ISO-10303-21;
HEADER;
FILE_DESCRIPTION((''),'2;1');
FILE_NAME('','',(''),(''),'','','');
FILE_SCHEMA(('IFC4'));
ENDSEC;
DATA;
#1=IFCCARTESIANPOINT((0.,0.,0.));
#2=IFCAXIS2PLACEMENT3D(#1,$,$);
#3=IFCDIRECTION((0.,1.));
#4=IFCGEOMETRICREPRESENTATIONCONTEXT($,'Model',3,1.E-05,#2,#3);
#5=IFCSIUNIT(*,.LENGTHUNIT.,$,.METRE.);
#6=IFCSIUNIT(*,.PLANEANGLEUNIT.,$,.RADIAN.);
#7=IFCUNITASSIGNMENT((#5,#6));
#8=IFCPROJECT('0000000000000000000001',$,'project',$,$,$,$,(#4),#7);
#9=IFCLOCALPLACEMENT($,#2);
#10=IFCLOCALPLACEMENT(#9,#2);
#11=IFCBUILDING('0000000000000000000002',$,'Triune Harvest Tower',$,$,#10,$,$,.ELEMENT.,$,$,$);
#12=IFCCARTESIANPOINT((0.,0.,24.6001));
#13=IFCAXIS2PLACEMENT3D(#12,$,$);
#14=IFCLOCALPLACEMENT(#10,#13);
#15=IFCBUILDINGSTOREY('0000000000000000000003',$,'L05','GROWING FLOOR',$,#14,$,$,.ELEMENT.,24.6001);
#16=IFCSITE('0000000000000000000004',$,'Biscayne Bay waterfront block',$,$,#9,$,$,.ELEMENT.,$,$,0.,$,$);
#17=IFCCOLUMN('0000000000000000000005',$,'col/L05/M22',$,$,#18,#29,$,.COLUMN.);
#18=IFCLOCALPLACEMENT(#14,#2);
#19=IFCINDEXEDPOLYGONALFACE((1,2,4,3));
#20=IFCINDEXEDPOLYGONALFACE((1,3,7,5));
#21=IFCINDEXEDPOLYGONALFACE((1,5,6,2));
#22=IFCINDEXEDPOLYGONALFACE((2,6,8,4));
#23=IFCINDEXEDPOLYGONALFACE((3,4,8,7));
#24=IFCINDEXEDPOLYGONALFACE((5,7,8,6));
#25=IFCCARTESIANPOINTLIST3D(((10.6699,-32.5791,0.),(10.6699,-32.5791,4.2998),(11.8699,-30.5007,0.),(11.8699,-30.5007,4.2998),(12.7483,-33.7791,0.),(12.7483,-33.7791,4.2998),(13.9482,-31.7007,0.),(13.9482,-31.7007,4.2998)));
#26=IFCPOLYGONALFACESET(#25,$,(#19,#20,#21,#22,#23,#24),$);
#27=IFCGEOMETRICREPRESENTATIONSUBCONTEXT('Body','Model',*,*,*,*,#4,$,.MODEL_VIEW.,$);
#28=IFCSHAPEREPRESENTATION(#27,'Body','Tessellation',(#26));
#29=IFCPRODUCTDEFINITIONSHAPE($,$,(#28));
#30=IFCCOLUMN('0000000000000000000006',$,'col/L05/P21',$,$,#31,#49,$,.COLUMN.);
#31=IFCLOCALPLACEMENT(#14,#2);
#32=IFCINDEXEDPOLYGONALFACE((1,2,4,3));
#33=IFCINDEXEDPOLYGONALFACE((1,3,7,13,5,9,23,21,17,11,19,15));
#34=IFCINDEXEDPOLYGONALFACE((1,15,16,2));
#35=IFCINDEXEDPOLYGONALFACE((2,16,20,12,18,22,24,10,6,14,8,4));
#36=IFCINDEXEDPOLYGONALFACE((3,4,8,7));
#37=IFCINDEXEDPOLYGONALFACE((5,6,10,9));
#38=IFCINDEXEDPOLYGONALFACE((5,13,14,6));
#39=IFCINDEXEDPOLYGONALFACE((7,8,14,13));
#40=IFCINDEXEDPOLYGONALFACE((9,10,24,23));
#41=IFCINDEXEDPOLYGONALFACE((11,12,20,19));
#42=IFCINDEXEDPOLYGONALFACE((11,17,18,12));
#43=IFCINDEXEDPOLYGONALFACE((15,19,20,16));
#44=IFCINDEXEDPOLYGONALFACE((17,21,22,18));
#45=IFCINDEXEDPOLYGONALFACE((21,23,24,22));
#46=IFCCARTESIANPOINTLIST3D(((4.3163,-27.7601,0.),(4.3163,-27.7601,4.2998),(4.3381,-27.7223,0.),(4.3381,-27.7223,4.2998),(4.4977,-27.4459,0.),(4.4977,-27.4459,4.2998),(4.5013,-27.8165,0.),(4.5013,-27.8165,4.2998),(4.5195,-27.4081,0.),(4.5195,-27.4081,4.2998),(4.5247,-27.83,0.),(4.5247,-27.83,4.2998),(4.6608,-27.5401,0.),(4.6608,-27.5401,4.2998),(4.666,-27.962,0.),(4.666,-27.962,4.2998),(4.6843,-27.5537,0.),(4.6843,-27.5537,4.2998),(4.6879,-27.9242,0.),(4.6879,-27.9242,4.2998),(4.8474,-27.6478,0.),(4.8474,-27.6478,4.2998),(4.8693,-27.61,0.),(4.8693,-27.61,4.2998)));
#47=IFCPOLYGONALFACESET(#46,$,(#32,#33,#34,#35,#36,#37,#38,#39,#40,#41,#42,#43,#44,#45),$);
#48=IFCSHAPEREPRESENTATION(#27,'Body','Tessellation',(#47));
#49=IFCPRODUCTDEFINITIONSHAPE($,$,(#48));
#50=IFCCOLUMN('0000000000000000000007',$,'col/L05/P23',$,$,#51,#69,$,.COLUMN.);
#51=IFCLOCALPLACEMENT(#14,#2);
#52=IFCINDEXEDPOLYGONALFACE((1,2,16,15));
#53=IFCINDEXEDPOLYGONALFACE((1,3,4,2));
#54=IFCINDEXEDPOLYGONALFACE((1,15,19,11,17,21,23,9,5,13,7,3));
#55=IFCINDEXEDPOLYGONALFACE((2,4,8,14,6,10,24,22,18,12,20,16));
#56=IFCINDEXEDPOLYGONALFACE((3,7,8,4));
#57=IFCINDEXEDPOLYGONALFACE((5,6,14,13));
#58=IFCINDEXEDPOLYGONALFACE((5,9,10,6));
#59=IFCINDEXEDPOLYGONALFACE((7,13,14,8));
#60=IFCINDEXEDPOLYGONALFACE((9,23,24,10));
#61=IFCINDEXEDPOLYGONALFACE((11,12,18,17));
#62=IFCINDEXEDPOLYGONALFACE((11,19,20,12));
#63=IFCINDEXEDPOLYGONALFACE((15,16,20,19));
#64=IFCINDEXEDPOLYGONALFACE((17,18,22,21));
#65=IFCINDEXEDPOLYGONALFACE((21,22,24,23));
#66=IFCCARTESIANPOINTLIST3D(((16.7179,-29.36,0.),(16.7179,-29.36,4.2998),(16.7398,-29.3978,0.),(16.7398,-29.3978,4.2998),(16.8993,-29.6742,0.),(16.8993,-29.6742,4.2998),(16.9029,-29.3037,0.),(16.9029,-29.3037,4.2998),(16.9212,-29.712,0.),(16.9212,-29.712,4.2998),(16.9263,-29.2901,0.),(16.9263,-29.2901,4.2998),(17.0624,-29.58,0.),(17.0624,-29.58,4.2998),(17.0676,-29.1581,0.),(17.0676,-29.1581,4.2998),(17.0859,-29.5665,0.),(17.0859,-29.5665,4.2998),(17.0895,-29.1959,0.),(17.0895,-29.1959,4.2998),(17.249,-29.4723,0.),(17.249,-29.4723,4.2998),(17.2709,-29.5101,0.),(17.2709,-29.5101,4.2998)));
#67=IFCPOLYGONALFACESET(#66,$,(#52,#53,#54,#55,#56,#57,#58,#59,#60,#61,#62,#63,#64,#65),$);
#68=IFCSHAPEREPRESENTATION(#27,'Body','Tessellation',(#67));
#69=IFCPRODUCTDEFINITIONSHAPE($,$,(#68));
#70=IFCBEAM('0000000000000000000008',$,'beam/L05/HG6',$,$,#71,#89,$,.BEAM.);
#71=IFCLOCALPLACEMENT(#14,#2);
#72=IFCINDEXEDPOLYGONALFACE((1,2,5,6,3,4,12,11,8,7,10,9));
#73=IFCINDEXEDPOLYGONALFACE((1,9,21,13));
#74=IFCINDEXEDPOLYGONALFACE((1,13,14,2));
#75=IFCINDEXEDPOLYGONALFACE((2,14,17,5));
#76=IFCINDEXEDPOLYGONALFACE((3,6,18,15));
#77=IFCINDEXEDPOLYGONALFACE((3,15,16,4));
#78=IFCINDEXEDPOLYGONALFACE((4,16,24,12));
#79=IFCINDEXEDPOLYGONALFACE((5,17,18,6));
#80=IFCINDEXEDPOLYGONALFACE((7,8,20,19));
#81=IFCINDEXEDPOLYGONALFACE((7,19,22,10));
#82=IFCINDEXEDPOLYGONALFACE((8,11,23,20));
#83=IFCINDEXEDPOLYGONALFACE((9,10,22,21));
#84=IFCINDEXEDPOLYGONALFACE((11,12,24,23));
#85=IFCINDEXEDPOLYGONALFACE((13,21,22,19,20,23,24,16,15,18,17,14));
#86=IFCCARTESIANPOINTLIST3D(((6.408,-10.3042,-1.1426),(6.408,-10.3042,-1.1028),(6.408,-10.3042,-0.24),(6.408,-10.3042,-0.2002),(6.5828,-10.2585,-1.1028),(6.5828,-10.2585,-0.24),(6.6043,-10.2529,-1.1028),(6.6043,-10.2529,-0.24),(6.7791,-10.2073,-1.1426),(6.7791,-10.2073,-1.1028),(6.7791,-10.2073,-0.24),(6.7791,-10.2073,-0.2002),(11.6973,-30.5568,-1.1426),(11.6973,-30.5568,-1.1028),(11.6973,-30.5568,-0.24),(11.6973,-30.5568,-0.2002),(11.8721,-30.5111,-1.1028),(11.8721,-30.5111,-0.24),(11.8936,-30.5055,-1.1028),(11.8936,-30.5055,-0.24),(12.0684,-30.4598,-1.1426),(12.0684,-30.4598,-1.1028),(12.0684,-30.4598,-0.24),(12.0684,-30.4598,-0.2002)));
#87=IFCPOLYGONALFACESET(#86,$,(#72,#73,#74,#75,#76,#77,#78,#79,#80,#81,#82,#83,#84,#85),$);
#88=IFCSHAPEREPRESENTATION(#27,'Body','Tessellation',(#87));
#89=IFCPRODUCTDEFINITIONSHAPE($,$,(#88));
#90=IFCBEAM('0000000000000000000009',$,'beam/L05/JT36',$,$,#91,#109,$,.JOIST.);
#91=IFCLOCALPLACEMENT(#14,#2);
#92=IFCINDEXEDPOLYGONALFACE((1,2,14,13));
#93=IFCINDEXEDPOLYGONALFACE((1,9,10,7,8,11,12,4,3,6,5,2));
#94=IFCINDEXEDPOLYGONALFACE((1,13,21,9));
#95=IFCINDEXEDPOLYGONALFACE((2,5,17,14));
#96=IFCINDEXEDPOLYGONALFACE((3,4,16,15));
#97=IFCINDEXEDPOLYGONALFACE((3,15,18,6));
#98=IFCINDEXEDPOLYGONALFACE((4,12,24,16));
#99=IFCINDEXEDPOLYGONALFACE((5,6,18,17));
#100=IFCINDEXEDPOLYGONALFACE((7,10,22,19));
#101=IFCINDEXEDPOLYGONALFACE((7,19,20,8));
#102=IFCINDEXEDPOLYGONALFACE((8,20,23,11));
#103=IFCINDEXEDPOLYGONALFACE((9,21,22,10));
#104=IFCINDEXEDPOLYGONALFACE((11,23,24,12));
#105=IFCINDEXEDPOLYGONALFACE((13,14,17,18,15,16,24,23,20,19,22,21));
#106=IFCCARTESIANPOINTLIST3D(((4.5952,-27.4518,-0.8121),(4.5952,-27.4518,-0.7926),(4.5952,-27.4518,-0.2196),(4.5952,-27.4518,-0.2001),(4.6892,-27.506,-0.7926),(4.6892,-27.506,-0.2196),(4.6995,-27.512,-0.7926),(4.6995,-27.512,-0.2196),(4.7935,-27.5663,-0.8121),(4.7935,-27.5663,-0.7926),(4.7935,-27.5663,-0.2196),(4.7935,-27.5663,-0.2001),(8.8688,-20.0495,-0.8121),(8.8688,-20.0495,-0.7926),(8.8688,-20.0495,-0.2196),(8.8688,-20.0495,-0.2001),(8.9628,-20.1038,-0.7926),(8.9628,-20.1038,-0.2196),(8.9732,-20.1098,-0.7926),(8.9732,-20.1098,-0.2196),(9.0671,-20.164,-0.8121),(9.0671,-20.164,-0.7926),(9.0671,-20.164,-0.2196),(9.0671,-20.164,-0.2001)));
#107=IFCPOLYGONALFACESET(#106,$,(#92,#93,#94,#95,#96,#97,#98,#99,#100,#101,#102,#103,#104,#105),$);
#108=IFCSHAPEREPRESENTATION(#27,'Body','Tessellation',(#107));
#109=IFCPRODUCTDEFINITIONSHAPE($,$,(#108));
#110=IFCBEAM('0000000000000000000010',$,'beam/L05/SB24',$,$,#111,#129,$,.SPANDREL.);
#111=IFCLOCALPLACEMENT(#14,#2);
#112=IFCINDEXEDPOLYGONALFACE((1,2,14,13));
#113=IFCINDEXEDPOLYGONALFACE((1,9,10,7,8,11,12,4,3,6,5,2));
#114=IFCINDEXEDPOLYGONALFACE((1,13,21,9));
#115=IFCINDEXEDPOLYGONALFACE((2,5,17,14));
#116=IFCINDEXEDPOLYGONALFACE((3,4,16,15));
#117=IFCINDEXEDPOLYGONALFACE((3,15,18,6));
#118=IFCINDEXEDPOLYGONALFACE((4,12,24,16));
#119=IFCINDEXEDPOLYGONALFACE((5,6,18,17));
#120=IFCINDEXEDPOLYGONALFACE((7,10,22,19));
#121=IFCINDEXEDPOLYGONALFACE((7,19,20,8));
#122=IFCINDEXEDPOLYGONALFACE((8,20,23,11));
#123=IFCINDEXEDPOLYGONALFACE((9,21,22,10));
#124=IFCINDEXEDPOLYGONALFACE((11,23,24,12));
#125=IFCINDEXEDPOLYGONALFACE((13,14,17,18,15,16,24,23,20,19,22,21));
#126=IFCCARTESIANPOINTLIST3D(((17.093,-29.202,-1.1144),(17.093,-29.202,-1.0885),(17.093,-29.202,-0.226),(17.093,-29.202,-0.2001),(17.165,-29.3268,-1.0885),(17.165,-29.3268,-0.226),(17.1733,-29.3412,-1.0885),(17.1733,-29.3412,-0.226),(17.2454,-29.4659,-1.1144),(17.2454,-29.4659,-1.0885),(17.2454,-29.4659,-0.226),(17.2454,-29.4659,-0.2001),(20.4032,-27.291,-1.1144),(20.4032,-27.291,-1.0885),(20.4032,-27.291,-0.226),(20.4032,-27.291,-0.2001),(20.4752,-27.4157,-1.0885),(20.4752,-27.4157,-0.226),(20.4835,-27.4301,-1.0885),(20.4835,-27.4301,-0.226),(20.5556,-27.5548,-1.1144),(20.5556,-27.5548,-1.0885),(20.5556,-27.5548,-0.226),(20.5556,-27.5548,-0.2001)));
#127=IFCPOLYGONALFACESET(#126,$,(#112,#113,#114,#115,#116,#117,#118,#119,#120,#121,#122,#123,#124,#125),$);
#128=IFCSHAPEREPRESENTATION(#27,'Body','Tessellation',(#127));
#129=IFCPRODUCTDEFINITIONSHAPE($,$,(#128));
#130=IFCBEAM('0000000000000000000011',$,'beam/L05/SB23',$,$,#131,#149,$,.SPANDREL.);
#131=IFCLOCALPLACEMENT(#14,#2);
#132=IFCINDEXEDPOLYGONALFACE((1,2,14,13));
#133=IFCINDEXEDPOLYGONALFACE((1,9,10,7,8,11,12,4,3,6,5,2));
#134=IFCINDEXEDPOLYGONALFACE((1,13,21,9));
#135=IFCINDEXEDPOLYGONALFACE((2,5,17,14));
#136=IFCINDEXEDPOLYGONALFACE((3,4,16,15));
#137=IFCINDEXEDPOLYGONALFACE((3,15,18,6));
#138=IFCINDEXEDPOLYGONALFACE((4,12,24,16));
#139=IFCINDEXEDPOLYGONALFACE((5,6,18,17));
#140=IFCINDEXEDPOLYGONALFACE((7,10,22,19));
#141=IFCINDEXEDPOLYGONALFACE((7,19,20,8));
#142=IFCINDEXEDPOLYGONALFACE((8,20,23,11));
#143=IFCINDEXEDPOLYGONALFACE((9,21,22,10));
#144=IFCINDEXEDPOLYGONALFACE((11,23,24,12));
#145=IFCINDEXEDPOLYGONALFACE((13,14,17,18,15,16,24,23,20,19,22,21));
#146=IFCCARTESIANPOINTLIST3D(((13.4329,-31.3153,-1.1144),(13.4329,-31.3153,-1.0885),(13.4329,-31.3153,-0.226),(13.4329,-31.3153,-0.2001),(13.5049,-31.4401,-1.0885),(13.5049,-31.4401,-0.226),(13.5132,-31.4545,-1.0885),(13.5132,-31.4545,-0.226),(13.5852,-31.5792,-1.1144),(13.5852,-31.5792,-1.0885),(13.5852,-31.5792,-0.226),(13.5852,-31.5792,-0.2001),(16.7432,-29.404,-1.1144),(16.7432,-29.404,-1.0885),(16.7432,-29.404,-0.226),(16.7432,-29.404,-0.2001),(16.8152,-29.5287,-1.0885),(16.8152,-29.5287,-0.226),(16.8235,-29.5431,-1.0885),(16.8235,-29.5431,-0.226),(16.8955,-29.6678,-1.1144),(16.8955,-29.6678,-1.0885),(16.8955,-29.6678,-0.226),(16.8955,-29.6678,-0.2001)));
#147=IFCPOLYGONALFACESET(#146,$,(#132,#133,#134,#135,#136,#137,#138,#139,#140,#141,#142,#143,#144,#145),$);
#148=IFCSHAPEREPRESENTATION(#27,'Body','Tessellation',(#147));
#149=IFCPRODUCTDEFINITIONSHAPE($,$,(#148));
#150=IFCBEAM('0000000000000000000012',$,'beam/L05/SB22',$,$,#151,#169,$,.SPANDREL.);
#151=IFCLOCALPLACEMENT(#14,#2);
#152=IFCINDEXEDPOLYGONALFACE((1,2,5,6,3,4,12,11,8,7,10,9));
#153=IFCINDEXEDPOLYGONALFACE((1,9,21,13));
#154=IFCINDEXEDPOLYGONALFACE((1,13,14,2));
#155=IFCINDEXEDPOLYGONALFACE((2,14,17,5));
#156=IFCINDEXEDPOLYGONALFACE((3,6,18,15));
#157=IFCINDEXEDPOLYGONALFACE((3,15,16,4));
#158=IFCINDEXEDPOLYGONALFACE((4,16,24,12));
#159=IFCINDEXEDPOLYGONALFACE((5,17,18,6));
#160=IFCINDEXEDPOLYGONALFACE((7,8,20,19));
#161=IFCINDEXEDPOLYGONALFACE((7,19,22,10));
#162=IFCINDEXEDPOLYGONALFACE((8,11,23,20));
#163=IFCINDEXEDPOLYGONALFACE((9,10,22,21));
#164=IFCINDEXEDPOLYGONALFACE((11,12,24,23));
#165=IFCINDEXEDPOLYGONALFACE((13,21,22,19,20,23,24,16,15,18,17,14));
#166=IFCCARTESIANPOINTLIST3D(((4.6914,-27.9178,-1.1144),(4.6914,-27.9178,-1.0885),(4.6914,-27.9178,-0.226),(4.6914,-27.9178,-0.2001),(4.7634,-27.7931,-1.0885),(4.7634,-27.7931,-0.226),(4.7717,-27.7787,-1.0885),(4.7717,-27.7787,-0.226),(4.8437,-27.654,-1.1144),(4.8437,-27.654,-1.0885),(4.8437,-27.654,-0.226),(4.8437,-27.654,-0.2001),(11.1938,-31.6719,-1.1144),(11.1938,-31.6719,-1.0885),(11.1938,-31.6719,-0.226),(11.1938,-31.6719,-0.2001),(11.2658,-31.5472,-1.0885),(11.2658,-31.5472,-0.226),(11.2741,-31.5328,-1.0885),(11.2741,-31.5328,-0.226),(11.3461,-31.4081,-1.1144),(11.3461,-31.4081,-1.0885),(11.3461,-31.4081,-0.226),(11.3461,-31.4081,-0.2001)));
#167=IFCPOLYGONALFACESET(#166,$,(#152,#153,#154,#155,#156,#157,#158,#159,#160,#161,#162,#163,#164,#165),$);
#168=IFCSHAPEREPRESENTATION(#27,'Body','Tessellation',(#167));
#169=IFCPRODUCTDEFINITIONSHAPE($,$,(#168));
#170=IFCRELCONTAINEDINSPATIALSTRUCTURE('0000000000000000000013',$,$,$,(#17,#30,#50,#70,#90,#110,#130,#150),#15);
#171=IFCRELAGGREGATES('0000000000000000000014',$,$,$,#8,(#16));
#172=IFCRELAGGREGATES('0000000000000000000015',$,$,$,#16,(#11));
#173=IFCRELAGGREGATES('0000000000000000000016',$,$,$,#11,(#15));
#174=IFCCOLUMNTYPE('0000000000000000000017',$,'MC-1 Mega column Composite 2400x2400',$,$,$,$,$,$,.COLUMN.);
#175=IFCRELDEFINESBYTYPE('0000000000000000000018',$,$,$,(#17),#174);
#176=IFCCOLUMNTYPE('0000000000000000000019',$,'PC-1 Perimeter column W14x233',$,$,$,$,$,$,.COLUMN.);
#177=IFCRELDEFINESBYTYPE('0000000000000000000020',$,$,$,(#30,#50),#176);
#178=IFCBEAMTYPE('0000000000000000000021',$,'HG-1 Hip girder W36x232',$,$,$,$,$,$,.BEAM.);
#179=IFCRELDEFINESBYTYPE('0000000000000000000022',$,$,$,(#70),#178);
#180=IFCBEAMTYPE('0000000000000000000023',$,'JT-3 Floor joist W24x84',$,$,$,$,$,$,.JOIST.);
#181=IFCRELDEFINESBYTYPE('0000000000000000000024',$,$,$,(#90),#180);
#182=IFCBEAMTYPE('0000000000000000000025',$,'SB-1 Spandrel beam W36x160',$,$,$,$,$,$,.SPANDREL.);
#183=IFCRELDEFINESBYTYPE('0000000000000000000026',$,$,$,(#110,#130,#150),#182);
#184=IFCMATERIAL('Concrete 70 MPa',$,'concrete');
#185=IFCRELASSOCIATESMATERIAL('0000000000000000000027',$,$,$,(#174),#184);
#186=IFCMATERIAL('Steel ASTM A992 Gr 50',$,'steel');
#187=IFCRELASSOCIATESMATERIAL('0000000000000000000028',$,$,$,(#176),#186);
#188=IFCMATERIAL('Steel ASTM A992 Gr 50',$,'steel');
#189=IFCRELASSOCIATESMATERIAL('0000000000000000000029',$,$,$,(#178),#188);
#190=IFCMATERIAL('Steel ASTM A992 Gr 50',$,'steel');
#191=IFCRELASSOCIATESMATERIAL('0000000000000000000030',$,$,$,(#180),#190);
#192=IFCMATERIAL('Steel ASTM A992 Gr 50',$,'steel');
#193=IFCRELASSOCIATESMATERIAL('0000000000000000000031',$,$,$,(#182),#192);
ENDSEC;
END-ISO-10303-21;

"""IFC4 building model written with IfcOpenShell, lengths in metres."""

from ifc_helpers import new_model, si_unit, direction, frame, origin, origin_2d, place, context, subcontext, project, spatial, rectangle, i_section, extrude, source, transform, mapped, material, material_profile, profile_set, type_object, element, save


model = new_model("IFC4")

# Units and contexts
model_context = context("Model", 3, precision=1e-05, world=origin(), true_north=direction((0.0, 1.0)))
body_context = subcontext(model_context, "Body", "Model", "MODEL_VIEW")
ifc_project = project(units=[si_unit("LENGTHUNIT", "METRE"), si_unit("PLANEANGLEUNIT", "RADIAN")], contexts=[model_context])

# Site, building, storey
site_placement = place(None, origin())
site = spatial("IfcSite", under=ifc_project, at=site_placement, Name="Biscayne Bay waterfront block", CompositionType="ELEMENT", RefElevation=0.0)
building_placement = place(site_placement, origin())
building = spatial("IfcBuilding", under=site, at=building_placement, Name="Triune Harvest Tower", CompositionType="ELEMENT")
storey_placement = place(building_placement, frame((0.0, 0.0, 24.6001)))
storey = spatial("IfcBuildingStorey", under=building, at=storey_placement, Name="L05", Description="GROWING FLOOR", CompositionType="ELEMENT", Elevation=24.6001)

# Columns
ifc_material_1 = material(Name="Concrete 70 MPa", Category="concrete")
ifc_material_profile_1 = material_profile(ifc_material_1, rectangle(XDim=2.3999, YDim=2.3999, at=origin_2d()), Name="Composite 2400x2400")
ifc_profile_set_1 = profile_set([ifc_material_profile_1], Name="Concrete 70 MPa")
column_type_1 = type_object("IfcColumnType", Name="MC-1 Mega column Composite 2400x2400", PredefinedType="COLUMN", material=ifc_profile_set_1)
shared_shape_1 = source(origin(), body_context, "Body", "SweptSolid", [
    extrude(rectangle(XDim=2.3999, YDim=2.3999, at=origin_2d()), origin(), (0.0, 0.0, 1.0), 4.2998),
])
column_placement = place(storey_placement, frame((12.3091, -32.1399, 0.0), z_axis=(0.0, 0.0, 1.0), x_axis=(0.866025, -0.5, 0.0)))
element("IfcColumn", 1, at=column_placement, inside=storey, type_object=column_type_1, Name="col/L05/M22", PredefinedType="COLUMN", context=body_context, shape_type="MappedRepresentation", body=[
    mapped(shared_shape_1, transform((0.0, 0.0, 0.0), scale=1.0)),
])
ifc_material_2 = material(Name="Steel ASTM A992 Gr 50", Category="steel")
ifc_material_profile_2 = material_profile(ifc_material_2, i_section(OverallWidth=0.4038, OverallDepth=0.4065, WebThickness=0.0271, FlangeThickness=0.0437, at=origin_2d()), Name="W14x233")
ifc_profile_set_2 = profile_set([ifc_material_profile_2], Name="Steel ASTM A992 Gr 50")
column_type_2 = type_object("IfcColumnType", Name="PC-1 Perimeter column W14x233", PredefinedType="COLUMN", material=ifc_profile_set_2)
shared_shape_2 = source(origin(), body_context, "Body", "SweptSolid", [
    extrude(i_section(OverallWidth=0.4038, OverallDepth=0.4065, WebThickness=0.0271, FlangeThickness=0.0437, at=origin_2d()), origin(), (0.0, 0.0, 1.0), 4.2998),
])
for number, where, z_axis, x_axis, name in (
    (2, (4.5928, -27.6851, 0.0), (0.0, 0.0, 1.0), (0.866025, -0.5, 0.0), "col/L05/P21"),
    (3, (16.9944, -29.4351, 0.0), (0.0, 0.0, 1.0), (0.866026, 0.499998, 0.0), "col/L05/P23"),
):
    element("IfcColumn", number, at=place(storey_placement, frame(where, z_axis=z_axis, x_axis=x_axis)), inside=storey, type_object=column_type_2, Name=name, PredefinedType="COLUMN", context=body_context, shape_type="MappedRepresentation", body=[
        mapped(shared_shape_2, transform((0.0, 0.0, 0.0), scale=1.0)),
    ])

# Beams
ifc_material_3 = material(Name="Steel ASTM A992 Gr 50", Category="steel")
ifc_material_profile_3 = material_profile(ifc_material_3, i_section(OverallWidth=0.3835, OverallDepth=0.9424, WebThickness=0.0222, FlangeThickness=0.0398, at=origin_2d()), Name="W36x232")
ifc_profile_set_3 = profile_set([ifc_material_profile_3], Name="Steel ASTM A992 Gr 50")
beam_type_1 = type_object("IfcBeamType", Name="HG-1 Hip girder W36x232", PredefinedType="BEAM", material=ifc_profile_set_3)
shared_shape_3 = source(origin(), body_context, "Body", "SweptSolid", [
    extrude(i_section(OverallWidth=0.3835, OverallDepth=0.9424, WebThickness=0.0222, FlangeThickness=0.0398, at=origin_2d()), origin(), (0.0, 0.0, 1.0), 20.9319),
])
beam_1_placement = place(storey_placement, frame((11.8828, -30.5083, -0.6714), z_axis=(-0.25269, 0.967547, 0.0), x_axis=(-0.967547, -0.25269, 0.0)))
element("IfcBeam", 4, at=beam_1_placement, inside=storey, type_object=beam_type_1, Name="beam/L05/HG6", PredefinedType="BEAM", context=body_context, shape_type="MappedRepresentation", body=[
    mapped(shared_shape_3, transform((0.0, 0.0, 0.0), scale=1.0)),
])
ifc_material_4 = material(Name="Steel ASTM A992 Gr 50", Category="steel")
ifc_material_profile_4 = material_profile(ifc_material_4, i_section(OverallWidth=0.229, OverallDepth=0.6121, WebThickness=0.012, FlangeThickness=0.0195, at=origin_2d()), Name="W24x84")
ifc_profile_set_4 = profile_set([ifc_material_profile_4], Name="Steel ASTM A992 Gr 50")
beam_type_2 = type_object("IfcBeamType", Name="JT-3 Floor joist W24x84", PredefinedType="JOIST", material=ifc_profile_set_4)
shared_shape_4 = source(origin(), body_context, "Body", "SweptSolid", [
    extrude(i_section(OverallWidth=0.229, OverallDepth=0.6121, WebThickness=0.012, FlangeThickness=0.0195, at=origin_2d()), origin(), (0.0, 0.0, 1.0), 8.5474),
])
beam_2_placement = place(storey_placement, frame((4.6943, -27.509, -0.5061), z_axis=(0.499994, 0.866029, 0.0), x_axis=(-0.866029, 0.499994, 0.0)))
element("IfcBeam", 5, at=beam_2_placement, inside=storey, type_object=beam_type_2, Name="beam/L05/JT36", PredefinedType="JOIST", context=body_context, shape_type="MappedRepresentation", body=[
    mapped(shared_shape_4, transform((0.0, 0.0, 0.0), scale=1.0)),
])
ifc_material_5 = material(Name="Steel ASTM A992 Gr 50", Category="steel")
ifc_material_profile_5 = material_profile(ifc_material_5, i_section(OverallWidth=0.3047, OverallDepth=0.9143, WebThickness=0.0166, FlangeThickness=0.0259, at=origin_2d()), Name="W36x160")
ifc_profile_set_5 = profile_set([ifc_material_profile_5], Name="Steel ASTM A992 Gr 50")
beam_type_3 = type_object("IfcBeamType", Name="SB-1 Spandrel beam W36x160", PredefinedType="SPANDREL", material=ifc_profile_set_5)
shared_shape_5 = source(origin(), body_context, "Body", "SweptSolid", [
    extrude(i_section(OverallWidth=0.3047, OverallDepth=0.9143, WebThickness=0.0166, FlangeThickness=0.0259, at=origin_2d()), origin(), (0.0, 0.0, 1.0), 3.8223),
])
beam_3_placement = place(storey_placement, frame((17.1692, -29.334, -0.6572), z_axis=(0.866033, 0.499986, 0.0), x_axis=(-0.499986, 0.866033, 0.0)))
element("IfcBeam", 6, at=beam_3_placement, inside=storey, type_object=beam_type_3, Name="beam/L05/SB24", PredefinedType="SPANDREL", context=body_context, shape_type="MappedRepresentation", body=[
    mapped(shared_shape_5, transform((0.0, 0.0, 0.0), scale=1.0)),
])
shared_shape_6 = source(origin(), body_context, "Body", "SweptSolid", [
    extrude(i_section(OverallWidth=0.3047, OverallDepth=0.9143, WebThickness=0.0166, FlangeThickness=0.0259, at=origin_2d()), origin(), (0.0, 0.0, 1.0), 3.8225),
])
beam_4_placement = place(storey_placement, frame((13.509, -31.4473, -0.6572), z_axis=(0.866006, 0.500034, 0.0), x_axis=(-0.500034, 0.866006, 0.0)))
element("IfcBeam", 7, at=beam_4_placement, inside=storey, type_object=beam_type_3, Name="beam/L05/SB23", PredefinedType="SPANDREL", context=body_context, shape_type="MappedRepresentation", body=[
    mapped(shared_shape_6, transform((0.0, 0.0, 0.0), scale=1.0)),
])
shared_shape_7 = source(origin(), body_context, "Body", "SweptSolid", [
    extrude(i_section(OverallWidth=0.3047, OverallDepth=0.9143, WebThickness=0.0166, FlangeThickness=0.0259, at=origin_2d()), origin(), (0.0, 0.0, 1.0), 7.5083),
])
beam_5_placement = place(storey_placement, frame((4.7676, -27.7859, -0.6572), z_axis=(0.866027, -0.499996, 0.0), x_axis=(0.499996, 0.866027, 0.0)))
element("IfcBeam", 8, at=beam_5_placement, inside=storey, type_object=beam_type_3, Name="beam/L05/SB22", PredefinedType="SPANDREL", context=body_context, shape_type="MappedRepresentation", body=[
    mapped(shared_shape_7, transform((0.0, 0.0, 0.0), scale=1.0)),
])

save(model, "model.ifc")
